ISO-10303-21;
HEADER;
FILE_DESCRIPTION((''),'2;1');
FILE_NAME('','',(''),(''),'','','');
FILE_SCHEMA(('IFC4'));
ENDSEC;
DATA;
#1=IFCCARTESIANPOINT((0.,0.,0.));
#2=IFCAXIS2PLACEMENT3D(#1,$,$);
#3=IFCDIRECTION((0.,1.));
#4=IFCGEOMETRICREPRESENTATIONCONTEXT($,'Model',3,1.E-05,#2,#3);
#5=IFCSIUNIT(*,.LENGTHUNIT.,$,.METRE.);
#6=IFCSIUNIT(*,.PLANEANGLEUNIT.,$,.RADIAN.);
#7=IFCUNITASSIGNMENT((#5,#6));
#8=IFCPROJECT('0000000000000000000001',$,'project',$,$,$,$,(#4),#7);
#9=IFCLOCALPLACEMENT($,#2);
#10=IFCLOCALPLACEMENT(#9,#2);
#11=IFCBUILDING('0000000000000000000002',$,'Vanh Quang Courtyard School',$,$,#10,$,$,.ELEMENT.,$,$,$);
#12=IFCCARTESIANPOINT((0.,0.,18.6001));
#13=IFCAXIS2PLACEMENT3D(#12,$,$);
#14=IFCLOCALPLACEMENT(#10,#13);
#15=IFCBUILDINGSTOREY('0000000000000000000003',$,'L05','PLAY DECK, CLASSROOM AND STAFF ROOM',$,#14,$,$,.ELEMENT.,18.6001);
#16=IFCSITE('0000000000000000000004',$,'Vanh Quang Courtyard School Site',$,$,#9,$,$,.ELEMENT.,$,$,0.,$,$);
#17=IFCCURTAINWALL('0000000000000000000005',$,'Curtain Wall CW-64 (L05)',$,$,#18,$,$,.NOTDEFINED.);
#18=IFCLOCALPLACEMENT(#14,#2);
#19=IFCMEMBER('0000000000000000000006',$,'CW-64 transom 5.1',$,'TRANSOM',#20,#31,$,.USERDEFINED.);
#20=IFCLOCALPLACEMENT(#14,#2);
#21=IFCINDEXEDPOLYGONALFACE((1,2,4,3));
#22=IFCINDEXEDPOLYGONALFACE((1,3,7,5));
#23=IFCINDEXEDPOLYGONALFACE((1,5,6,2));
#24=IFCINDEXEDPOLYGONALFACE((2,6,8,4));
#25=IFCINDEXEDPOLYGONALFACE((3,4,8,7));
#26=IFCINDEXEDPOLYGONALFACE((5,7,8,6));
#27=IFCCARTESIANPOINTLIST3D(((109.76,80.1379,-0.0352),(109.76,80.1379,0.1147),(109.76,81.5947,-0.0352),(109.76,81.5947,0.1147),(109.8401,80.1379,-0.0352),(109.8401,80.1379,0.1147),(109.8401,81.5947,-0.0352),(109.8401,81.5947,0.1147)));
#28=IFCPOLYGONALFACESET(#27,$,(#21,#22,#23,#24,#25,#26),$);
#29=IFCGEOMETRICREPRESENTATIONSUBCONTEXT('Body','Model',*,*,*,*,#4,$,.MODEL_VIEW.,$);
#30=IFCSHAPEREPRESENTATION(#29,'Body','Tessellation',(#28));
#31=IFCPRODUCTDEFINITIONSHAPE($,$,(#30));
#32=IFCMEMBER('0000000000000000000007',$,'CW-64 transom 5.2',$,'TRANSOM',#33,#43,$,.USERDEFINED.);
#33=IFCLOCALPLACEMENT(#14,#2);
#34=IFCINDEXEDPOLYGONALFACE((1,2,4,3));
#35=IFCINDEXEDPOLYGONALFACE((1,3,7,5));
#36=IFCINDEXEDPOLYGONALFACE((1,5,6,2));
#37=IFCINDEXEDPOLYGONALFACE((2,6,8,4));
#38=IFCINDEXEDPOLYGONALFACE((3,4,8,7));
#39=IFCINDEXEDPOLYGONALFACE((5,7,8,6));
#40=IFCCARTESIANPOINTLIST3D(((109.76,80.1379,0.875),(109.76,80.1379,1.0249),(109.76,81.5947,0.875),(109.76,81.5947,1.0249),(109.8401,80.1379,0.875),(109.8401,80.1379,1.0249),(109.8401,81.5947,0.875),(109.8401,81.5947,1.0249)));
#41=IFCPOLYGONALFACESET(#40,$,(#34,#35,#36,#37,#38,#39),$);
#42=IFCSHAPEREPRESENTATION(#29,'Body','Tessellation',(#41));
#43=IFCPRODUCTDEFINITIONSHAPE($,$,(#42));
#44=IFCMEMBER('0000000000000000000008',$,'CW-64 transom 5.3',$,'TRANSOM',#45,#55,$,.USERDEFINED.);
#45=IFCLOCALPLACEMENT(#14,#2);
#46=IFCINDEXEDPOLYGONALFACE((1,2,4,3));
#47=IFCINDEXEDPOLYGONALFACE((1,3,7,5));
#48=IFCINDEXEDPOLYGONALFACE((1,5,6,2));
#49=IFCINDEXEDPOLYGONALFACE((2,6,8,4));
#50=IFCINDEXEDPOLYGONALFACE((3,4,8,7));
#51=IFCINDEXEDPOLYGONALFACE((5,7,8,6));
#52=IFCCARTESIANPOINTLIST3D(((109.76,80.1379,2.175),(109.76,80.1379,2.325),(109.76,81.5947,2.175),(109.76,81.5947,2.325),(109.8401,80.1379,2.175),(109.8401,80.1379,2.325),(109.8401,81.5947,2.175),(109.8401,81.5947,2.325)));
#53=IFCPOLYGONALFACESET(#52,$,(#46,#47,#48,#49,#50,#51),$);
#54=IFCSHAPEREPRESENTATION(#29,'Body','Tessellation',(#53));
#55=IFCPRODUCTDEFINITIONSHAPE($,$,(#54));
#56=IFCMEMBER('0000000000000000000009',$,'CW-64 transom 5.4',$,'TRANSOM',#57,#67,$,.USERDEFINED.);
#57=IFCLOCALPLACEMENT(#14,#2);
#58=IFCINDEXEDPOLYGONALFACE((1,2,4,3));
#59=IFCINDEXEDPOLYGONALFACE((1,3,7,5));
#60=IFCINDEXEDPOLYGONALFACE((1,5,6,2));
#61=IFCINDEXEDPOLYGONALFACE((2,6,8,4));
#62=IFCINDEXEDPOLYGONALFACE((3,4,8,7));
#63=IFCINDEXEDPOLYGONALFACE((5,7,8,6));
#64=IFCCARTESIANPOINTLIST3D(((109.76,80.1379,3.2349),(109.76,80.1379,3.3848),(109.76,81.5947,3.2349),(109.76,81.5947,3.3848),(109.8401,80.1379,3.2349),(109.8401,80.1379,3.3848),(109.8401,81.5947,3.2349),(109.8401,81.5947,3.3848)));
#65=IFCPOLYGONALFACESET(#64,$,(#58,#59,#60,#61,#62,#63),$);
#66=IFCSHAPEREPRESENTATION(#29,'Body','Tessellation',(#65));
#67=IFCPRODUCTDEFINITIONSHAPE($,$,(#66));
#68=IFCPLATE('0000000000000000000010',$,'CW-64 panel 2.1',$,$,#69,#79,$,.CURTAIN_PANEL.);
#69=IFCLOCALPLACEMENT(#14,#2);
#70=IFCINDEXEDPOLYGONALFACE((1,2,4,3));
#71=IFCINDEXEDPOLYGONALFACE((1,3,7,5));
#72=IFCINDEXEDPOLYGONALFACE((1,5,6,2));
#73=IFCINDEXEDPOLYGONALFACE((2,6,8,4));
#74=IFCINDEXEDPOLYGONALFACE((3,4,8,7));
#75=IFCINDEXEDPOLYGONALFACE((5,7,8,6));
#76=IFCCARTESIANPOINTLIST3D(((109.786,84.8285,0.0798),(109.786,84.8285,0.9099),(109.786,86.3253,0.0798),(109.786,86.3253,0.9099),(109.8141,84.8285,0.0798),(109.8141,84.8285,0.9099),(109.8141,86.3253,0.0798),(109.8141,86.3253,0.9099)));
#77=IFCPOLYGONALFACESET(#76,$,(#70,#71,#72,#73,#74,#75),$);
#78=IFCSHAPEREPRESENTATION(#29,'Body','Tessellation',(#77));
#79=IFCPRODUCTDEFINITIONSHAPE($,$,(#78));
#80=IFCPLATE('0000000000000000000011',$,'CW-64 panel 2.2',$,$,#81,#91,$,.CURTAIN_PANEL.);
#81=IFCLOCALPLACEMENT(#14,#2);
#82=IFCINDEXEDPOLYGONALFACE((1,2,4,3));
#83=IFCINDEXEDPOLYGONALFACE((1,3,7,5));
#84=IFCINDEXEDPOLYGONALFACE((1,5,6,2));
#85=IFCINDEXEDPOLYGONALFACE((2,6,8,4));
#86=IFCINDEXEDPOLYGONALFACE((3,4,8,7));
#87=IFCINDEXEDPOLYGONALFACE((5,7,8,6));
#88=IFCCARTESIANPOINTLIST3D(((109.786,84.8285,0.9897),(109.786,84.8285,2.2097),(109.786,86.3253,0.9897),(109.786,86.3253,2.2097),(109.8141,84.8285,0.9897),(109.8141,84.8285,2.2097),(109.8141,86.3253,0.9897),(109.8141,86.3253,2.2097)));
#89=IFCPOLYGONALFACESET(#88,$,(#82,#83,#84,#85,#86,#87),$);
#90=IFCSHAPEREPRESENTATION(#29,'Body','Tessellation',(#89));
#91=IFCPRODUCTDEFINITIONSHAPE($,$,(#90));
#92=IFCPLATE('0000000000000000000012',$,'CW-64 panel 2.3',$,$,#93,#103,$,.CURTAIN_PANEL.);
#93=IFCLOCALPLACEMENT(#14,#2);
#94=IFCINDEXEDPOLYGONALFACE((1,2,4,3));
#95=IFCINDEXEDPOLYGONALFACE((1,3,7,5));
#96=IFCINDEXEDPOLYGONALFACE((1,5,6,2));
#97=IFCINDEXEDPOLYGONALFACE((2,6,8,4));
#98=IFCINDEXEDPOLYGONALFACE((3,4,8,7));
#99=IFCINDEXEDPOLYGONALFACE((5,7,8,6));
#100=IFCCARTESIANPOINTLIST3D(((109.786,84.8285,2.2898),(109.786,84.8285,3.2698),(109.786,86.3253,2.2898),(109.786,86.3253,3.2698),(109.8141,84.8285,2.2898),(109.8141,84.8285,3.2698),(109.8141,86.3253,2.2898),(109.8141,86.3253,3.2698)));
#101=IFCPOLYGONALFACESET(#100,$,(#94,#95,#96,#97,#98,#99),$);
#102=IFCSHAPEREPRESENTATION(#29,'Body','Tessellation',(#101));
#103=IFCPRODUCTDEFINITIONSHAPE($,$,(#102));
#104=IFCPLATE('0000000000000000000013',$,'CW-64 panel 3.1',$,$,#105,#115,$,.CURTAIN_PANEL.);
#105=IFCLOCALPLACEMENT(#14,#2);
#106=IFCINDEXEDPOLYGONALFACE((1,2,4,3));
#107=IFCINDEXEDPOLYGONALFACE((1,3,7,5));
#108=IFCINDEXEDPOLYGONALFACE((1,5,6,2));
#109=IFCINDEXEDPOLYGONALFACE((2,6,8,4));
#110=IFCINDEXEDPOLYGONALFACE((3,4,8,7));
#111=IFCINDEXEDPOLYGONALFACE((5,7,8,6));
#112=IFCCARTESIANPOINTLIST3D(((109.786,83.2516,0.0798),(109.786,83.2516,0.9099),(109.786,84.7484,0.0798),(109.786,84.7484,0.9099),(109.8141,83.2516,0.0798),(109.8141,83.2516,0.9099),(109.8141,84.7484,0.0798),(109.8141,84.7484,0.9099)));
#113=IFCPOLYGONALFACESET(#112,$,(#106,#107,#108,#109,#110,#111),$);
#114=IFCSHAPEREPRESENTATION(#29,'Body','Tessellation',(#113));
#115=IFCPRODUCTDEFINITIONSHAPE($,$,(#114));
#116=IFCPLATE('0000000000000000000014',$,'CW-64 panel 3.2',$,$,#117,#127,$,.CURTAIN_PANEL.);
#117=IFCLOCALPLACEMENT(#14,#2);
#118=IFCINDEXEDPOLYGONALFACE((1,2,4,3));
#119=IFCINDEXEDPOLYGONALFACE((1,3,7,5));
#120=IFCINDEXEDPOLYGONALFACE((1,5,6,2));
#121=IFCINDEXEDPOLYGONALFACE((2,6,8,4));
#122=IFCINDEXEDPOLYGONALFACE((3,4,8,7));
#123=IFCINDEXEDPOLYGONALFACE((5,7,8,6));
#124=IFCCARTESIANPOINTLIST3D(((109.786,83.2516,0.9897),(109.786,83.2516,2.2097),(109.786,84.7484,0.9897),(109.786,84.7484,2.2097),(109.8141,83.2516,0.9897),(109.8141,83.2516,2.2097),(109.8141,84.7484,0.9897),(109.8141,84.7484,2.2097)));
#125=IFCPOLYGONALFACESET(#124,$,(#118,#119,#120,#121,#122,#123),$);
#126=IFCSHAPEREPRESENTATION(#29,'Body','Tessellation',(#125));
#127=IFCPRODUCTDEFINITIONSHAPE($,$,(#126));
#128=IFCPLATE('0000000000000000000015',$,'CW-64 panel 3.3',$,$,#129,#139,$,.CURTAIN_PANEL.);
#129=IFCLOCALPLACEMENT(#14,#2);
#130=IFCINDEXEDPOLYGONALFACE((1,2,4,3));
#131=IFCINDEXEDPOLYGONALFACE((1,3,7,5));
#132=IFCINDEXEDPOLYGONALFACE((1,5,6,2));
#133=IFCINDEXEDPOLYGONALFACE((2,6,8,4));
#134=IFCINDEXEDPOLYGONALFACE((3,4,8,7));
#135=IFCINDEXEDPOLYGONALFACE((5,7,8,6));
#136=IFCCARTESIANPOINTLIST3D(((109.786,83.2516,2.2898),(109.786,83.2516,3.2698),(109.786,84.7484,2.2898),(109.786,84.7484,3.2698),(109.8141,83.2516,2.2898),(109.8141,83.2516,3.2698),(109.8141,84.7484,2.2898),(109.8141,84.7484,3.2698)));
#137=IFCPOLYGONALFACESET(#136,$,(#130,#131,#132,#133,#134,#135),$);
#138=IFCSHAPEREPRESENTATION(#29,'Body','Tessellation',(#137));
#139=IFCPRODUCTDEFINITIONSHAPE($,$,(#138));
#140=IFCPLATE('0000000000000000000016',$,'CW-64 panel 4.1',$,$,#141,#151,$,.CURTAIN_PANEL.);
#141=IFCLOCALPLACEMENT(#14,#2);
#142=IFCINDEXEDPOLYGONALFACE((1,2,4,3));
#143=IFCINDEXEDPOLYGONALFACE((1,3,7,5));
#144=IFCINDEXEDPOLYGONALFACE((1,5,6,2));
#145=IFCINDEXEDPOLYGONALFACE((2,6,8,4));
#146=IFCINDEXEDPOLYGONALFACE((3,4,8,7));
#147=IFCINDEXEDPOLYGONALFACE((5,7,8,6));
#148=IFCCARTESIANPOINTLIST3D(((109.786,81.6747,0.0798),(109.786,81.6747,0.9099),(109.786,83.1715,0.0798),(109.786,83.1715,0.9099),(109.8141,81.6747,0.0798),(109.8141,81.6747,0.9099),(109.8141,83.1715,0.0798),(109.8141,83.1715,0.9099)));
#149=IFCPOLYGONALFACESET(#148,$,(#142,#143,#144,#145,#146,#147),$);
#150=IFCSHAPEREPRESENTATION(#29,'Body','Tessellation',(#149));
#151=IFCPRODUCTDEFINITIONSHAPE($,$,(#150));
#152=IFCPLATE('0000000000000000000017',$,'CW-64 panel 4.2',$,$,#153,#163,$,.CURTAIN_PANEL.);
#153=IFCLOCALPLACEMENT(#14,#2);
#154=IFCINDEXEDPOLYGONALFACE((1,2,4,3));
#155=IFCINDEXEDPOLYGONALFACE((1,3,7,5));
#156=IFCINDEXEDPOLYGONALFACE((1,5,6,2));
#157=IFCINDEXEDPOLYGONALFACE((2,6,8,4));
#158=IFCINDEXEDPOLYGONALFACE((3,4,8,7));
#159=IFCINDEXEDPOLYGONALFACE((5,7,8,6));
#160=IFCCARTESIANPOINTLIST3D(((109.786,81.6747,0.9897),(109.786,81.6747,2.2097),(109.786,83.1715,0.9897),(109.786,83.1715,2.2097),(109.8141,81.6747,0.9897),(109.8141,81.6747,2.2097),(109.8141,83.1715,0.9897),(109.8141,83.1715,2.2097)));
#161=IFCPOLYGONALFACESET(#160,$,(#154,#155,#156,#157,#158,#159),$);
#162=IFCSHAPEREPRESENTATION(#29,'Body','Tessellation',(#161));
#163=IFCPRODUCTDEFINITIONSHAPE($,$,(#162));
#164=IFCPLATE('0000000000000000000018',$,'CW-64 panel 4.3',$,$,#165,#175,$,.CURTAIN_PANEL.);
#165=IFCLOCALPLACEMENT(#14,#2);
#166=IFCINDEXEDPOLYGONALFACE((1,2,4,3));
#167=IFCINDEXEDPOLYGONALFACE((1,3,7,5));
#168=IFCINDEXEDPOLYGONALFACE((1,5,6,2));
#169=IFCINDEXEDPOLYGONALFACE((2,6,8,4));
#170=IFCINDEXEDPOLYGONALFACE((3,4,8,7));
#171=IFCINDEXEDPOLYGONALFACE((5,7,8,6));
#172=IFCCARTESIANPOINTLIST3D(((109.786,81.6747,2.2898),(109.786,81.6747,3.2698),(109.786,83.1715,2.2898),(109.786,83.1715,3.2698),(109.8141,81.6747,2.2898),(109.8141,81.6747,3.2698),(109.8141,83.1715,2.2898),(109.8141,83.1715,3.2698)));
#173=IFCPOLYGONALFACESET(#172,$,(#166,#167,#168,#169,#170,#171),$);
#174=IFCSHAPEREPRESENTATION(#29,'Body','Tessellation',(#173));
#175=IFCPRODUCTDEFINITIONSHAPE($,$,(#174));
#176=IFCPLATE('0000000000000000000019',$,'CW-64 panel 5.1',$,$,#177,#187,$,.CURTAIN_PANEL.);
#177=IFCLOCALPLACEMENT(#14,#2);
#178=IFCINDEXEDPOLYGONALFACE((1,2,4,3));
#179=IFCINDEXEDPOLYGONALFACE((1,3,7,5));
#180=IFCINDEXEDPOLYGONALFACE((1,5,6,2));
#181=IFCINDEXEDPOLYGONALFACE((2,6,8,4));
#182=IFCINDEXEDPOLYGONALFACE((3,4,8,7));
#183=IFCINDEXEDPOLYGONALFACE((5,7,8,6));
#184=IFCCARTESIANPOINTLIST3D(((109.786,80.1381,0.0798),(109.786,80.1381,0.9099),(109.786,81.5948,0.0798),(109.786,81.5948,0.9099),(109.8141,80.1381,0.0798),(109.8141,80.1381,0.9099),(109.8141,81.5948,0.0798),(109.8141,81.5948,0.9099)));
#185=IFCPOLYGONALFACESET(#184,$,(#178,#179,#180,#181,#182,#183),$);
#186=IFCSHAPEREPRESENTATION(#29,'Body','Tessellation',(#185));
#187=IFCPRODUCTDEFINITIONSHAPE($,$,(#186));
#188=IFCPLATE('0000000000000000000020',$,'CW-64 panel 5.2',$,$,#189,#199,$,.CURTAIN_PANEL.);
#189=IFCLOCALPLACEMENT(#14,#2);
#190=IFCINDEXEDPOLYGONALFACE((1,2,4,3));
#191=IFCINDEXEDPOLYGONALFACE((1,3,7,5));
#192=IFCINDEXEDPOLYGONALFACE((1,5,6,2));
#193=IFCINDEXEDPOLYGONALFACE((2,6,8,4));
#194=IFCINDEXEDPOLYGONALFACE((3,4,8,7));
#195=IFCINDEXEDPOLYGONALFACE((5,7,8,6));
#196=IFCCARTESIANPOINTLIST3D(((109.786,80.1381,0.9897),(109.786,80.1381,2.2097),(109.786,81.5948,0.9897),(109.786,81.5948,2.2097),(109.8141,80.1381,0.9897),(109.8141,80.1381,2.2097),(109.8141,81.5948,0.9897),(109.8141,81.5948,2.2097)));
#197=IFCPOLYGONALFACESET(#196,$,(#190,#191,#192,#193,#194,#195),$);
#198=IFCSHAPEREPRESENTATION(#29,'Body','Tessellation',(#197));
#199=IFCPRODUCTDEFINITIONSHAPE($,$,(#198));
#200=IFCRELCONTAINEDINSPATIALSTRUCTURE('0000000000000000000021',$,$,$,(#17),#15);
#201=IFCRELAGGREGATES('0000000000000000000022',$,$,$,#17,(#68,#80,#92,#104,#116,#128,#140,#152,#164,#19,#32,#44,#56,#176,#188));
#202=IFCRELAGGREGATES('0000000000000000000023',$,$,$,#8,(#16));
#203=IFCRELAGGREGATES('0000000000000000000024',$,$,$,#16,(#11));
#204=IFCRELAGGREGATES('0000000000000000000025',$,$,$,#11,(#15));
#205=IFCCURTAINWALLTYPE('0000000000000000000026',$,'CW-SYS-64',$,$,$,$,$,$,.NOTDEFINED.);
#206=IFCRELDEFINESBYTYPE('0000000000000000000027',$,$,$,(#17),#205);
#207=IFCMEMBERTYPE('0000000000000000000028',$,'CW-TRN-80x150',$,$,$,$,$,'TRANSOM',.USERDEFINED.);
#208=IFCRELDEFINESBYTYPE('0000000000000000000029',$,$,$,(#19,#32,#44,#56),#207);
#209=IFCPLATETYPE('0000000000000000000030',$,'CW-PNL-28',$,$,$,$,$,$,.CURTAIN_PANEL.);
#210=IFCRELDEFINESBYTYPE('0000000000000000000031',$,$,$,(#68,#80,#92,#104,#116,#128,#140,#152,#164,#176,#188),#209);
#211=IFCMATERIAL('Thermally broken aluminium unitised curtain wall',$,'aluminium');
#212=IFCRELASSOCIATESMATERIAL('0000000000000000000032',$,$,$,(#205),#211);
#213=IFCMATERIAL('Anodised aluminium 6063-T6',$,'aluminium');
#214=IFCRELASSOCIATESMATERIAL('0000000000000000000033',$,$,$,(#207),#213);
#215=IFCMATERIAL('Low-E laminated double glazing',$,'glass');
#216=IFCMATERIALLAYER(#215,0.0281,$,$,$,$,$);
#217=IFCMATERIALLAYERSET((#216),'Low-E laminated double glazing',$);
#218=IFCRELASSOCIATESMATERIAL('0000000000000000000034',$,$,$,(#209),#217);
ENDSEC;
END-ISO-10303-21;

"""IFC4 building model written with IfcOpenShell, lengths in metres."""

from ifc_helpers import new_model, si_unit, direction, frame, origin, origin_2d, place, context, subcontext, project, spatial, rectangle, extrude, material, layer, layer_set, material_profile, profile_set, type_object, element, aggregate, save


model = new_model("IFC4")

# Units and contexts
model_context = context("Model", 3, precision=1e-05, world=origin(), true_north=direction((0.0, 1.0)))
body_context = subcontext(model_context, "Body", "Model", "MODEL_VIEW")
ifc_project = project(units=[si_unit("LENGTHUNIT", "METRE"), si_unit("PLANEANGLEUNIT", "RADIAN")], contexts=[model_context])

# Site, building, storey
site_placement = place(None, origin())
site = spatial("IfcSite", under=ifc_project, at=site_placement, Name="Vanh Quang Courtyard School Site", CompositionType="ELEMENT", RefElevation=0.0)
building_placement = place(site_placement, origin())
building = spatial("IfcBuilding", under=site, at=building_placement, Name="Vanh Quang Courtyard School", CompositionType="ELEMENT")
storey_placement = place(building_placement, frame((0.0, 0.0, 18.6001)))
storey = spatial("IfcBuildingStorey", under=building, at=storey_placement, Name="L05", Description="PLAY DECK, CLASSROOM AND STAFF ROOM", CompositionType="ELEMENT", Elevation=18.6001)

# Curtain wall, members, plates
ifc_material_1 = material(Name="Thermally broken aluminium unitised curtain wall", Category="aluminium")
curtain_wall_type = type_object("IfcCurtainWallType", Name="CW-SYS-64", PredefinedType="NOTDEFINED", material=ifc_material_1)
curtain_wall_placement = place(storey_placement, origin())
curtain_wall = element("IfcCurtainWall", 1, at=curtain_wall_placement, inside=storey, type_object=curtain_wall_type, Name="Curtain Wall CW-64 (L05)", PredefinedType="NOTDEFINED")
ifc_material_2 = material(Name="Anodised aluminium 6063-T6", Category="aluminium")
ifc_material_profile_1 = material_profile(ifc_material_2, rectangle(XDim=0.0801, YDim=0.1499, at=origin_2d()), Name="ALU-TRN 80x150")
ifc_profile_set_1 = profile_set([ifc_material_profile_1], Name="Anodised aluminium 6063-T6")
member_type_1 = type_object("IfcMemberType", Name="CW-TRN-80x150", ElementType="TRANSOM", PredefinedType="USERDEFINED", material=ifc_profile_set_1)
member_1_placement = place(storey_placement, frame((109.8, 81.5947, 0.0398), z_axis=(0.0, -1.0, 0.0), x_axis=(1.0, 0.0, 0.0)))
member_1 = element("IfcMember", 2, at=member_1_placement, type_object=member_type_1, Name="CW-64 transom 5.1", ObjectType="TRANSOM", PredefinedType="USERDEFINED", context=body_context, shape_type="SweptSolid", body=[
    extrude(rectangle(XDim=0.0801, YDim=0.1499, at=origin_2d()), origin(), (0.0, 0.0, 1.0), 1.4568),
])
member_2_placement = place(storey_placement, frame((109.8, 81.5947, 0.95), z_axis=(0.0, -1.0, 0.0), x_axis=(1.0, 0.0, 0.0)))
member_2 = element("IfcMember", 3, at=member_2_placement, type_object=member_type_1, Name="CW-64 transom 5.2", ObjectType="TRANSOM", PredefinedType="USERDEFINED", context=body_context, shape_type="SweptSolid", body=[
    extrude(rectangle(XDim=0.0801, YDim=0.1499, at=origin_2d()), origin(), (0.0, 0.0, 1.0), 1.4568),
])
member_3_placement = place(storey_placement, frame((109.8, 81.5947, 2.25), z_axis=(0.0, -1.0, 0.0), x_axis=(1.0, 0.0, 0.0)))
member_3 = element("IfcMember", 4, at=member_3_placement, type_object=member_type_1, Name="CW-64 transom 5.3", ObjectType="TRANSOM", PredefinedType="USERDEFINED", context=body_context, shape_type="SweptSolid", body=[
    extrude(rectangle(XDim=0.0801, YDim=0.1499, at=origin_2d()), origin(), (0.0, 0.0, 1.0), 1.4568),
])
member_4_placement = place(storey_placement, frame((109.8, 81.5947, 3.3098), z_axis=(0.0, -1.0, 0.0), x_axis=(1.0, 0.0, 0.0)))
member_4 = element("IfcMember", 5, at=member_4_placement, type_object=member_type_1, Name="CW-64 transom 5.4", ObjectType="TRANSOM", PredefinedType="USERDEFINED", context=body_context, shape_type="SweptSolid", body=[
    extrude(rectangle(XDim=0.0801, YDim=0.1499, at=origin_2d()), origin(), (0.0, 0.0, 1.0), 1.4568),
])
ifc_material_3 = material(Name="Low-E laminated double glazing", Category="glass")
ifc_layer_1 = layer(ifc_material_3, 0.0281)
ifc_layer_set_1 = layer_set([ifc_layer_1], Name="Low-E laminated double glazing")
plate_type = type_object("IfcPlateType", Name="CW-PNL-28", PredefinedType="CURTAIN_PANEL", material=ifc_layer_set_1)
plate_1_placement = place(storey_placement, frame((109.8, 85.5769, 0.0798), z_axis=(0.0, 0.0, 1.0), x_axis=(0.0, -1.0, 0.0)))
plate_1 = element("IfcPlate", 6, at=plate_1_placement, type_object=plate_type, Name="CW-64 panel 2.1", PredefinedType="CURTAIN_PANEL", context=body_context, shape_type="SweptSolid", body=[
    extrude(rectangle(XDim=1.4968, YDim=0.0281, at=origin_2d()), origin(), (0.0, 0.0, 1.0), 0.8301),
])
plate_2_placement = place(storey_placement, frame((109.8, 85.5769, 0.9897), z_axis=(0.0, 0.0, 1.0), x_axis=(0.0, -1.0, 0.0)))
plate_2 = element("IfcPlate", 7, at=plate_2_placement, type_object=plate_type, Name="CW-64 panel 2.2", PredefinedType="CURTAIN_PANEL", context=body_context, shape_type="SweptSolid", body=[
    extrude(rectangle(XDim=1.4968, YDim=0.0281, at=origin_2d()), origin(), (0.0, 0.0, 1.0), 1.22),
])
plate_3_placement = place(storey_placement, frame((109.8, 85.5769, 2.2898), z_axis=(0.0, 0.0, 1.0), x_axis=(0.0, -1.0, 0.0)))
plate_3 = element("IfcPlate", 8, at=plate_3_placement, type_object=plate_type, Name="CW-64 panel 2.3", PredefinedType="CURTAIN_PANEL", context=body_context, shape_type="SweptSolid", body=[
    extrude(rectangle(XDim=1.4968, YDim=0.0281, at=origin_2d()), origin(), (0.0, 0.0, 1.0), 0.98),
])
plate_4_placement = place(storey_placement, frame((109.8, 84.0, 0.0798), z_axis=(0.0, 0.0, 1.0), x_axis=(0.0, -1.0, 0.0)))
plate_4 = element("IfcPlate", 9, at=plate_4_placement, type_object=plate_type, Name="CW-64 panel 3.1", PredefinedType="CURTAIN_PANEL", context=body_context, shape_type="SweptSolid", body=[
    extrude(rectangle(XDim=1.4968, YDim=0.0281, at=origin_2d()), origin(), (0.0, 0.0, 1.0), 0.8301),
])
plate_5_placement = place(storey_placement, frame((109.8, 84.0, 0.9897), z_axis=(0.0, 0.0, 1.0), x_axis=(0.0, -1.0, 0.0)))
plate_5 = element("IfcPlate", 10, at=plate_5_placement, type_object=plate_type, Name="CW-64 panel 3.2", PredefinedType="CURTAIN_PANEL", context=body_context, shape_type="SweptSolid", body=[
    extrude(rectangle(XDim=1.4968, YDim=0.0281, at=origin_2d()), origin(), (0.0, 0.0, 1.0), 1.22),
])
plate_6_placement = place(storey_placement, frame((109.8, 84.0, 2.2898), z_axis=(0.0, 0.0, 1.0), x_axis=(0.0, -1.0, 0.0)))
plate_6 = element("IfcPlate", 11, at=plate_6_placement, type_object=plate_type, Name="CW-64 panel 3.3", PredefinedType="CURTAIN_PANEL", context=body_context, shape_type="SweptSolid", body=[
    extrude(rectangle(XDim=1.4968, YDim=0.0281, at=origin_2d()), origin(), (0.0, 0.0, 1.0), 0.98),
])
plate_7_placement = place(storey_placement, frame((109.8, 82.4231, 0.0798), z_axis=(0.0, 0.0, 1.0), x_axis=(0.0, -1.0, 0.0)))
plate_7 = element("IfcPlate", 12, at=plate_7_placement, type_object=plate_type, Name="CW-64 panel 4.1", PredefinedType="CURTAIN_PANEL", context=body_context, shape_type="SweptSolid", body=[
    extrude(rectangle(XDim=1.4968, YDim=0.0281, at=origin_2d()), origin(), (0.0, 0.0, 1.0), 0.8301),
])
plate_8_placement = place(storey_placement, frame((109.8, 82.4231, 0.9897), z_axis=(0.0, 0.0, 1.0), x_axis=(0.0, -1.0, 0.0)))
plate_8 = element("IfcPlate", 13, at=plate_8_placement, type_object=plate_type, Name="CW-64 panel 4.2", PredefinedType="CURTAIN_PANEL", context=body_context, shape_type="SweptSolid", body=[
    extrude(rectangle(XDim=1.4968, YDim=0.0281, at=origin_2d()), origin(), (0.0, 0.0, 1.0), 1.22),
])
plate_9_placement = place(storey_placement, frame((109.8, 82.4231, 2.2898), z_axis=(0.0, 0.0, 1.0), x_axis=(0.0, -1.0, 0.0)))
plate_9 = element("IfcPlate", 14, at=plate_9_placement, type_object=plate_type, Name="CW-64 panel 4.3", PredefinedType="CURTAIN_PANEL", context=body_context, shape_type="SweptSolid", body=[
    extrude(rectangle(XDim=1.4968, YDim=0.0281, at=origin_2d()), origin(), (0.0, 0.0, 1.0), 0.98),
])
plate_10_placement = place(storey_placement, frame((109.8, 80.8665, 0.0798), z_axis=(0.0, 0.0, 1.0), x_axis=(0.0, -1.0, 0.0)))
plate_10 = element("IfcPlate", 15, at=plate_10_placement, type_object=plate_type, Name="CW-64 panel 5.1", PredefinedType="CURTAIN_PANEL", context=body_context, shape_type="SweptSolid", body=[
    extrude(rectangle(XDim=1.4568, YDim=0.0281, at=origin_2d()), origin(), (0.0, 0.0, 1.0), 0.8301),
])
plate_11_placement = place(storey_placement, frame((109.8, 80.8665, 0.9897), z_axis=(0.0, 0.0, 1.0), x_axis=(0.0, -1.0, 0.0)))
plate_11 = element("IfcPlate", 16, at=plate_11_placement, type_object=plate_type, Name="CW-64 panel 5.2", PredefinedType="CURTAIN_PANEL", context=body_context, shape_type="SweptSolid", body=[
    extrude(rectangle(XDim=1.4568, YDim=0.0281, at=origin_2d()), origin(), (0.0, 0.0, 1.0), 1.22),
])
aggregate(curtain_wall, [plate_1, plate_2, plate_3, plate_4, plate_5, plate_6, plate_7, plate_8, plate_9, member_1, member_2, member_3, member_4, plate_10, plate_11])

save(model, "model.ifc")
